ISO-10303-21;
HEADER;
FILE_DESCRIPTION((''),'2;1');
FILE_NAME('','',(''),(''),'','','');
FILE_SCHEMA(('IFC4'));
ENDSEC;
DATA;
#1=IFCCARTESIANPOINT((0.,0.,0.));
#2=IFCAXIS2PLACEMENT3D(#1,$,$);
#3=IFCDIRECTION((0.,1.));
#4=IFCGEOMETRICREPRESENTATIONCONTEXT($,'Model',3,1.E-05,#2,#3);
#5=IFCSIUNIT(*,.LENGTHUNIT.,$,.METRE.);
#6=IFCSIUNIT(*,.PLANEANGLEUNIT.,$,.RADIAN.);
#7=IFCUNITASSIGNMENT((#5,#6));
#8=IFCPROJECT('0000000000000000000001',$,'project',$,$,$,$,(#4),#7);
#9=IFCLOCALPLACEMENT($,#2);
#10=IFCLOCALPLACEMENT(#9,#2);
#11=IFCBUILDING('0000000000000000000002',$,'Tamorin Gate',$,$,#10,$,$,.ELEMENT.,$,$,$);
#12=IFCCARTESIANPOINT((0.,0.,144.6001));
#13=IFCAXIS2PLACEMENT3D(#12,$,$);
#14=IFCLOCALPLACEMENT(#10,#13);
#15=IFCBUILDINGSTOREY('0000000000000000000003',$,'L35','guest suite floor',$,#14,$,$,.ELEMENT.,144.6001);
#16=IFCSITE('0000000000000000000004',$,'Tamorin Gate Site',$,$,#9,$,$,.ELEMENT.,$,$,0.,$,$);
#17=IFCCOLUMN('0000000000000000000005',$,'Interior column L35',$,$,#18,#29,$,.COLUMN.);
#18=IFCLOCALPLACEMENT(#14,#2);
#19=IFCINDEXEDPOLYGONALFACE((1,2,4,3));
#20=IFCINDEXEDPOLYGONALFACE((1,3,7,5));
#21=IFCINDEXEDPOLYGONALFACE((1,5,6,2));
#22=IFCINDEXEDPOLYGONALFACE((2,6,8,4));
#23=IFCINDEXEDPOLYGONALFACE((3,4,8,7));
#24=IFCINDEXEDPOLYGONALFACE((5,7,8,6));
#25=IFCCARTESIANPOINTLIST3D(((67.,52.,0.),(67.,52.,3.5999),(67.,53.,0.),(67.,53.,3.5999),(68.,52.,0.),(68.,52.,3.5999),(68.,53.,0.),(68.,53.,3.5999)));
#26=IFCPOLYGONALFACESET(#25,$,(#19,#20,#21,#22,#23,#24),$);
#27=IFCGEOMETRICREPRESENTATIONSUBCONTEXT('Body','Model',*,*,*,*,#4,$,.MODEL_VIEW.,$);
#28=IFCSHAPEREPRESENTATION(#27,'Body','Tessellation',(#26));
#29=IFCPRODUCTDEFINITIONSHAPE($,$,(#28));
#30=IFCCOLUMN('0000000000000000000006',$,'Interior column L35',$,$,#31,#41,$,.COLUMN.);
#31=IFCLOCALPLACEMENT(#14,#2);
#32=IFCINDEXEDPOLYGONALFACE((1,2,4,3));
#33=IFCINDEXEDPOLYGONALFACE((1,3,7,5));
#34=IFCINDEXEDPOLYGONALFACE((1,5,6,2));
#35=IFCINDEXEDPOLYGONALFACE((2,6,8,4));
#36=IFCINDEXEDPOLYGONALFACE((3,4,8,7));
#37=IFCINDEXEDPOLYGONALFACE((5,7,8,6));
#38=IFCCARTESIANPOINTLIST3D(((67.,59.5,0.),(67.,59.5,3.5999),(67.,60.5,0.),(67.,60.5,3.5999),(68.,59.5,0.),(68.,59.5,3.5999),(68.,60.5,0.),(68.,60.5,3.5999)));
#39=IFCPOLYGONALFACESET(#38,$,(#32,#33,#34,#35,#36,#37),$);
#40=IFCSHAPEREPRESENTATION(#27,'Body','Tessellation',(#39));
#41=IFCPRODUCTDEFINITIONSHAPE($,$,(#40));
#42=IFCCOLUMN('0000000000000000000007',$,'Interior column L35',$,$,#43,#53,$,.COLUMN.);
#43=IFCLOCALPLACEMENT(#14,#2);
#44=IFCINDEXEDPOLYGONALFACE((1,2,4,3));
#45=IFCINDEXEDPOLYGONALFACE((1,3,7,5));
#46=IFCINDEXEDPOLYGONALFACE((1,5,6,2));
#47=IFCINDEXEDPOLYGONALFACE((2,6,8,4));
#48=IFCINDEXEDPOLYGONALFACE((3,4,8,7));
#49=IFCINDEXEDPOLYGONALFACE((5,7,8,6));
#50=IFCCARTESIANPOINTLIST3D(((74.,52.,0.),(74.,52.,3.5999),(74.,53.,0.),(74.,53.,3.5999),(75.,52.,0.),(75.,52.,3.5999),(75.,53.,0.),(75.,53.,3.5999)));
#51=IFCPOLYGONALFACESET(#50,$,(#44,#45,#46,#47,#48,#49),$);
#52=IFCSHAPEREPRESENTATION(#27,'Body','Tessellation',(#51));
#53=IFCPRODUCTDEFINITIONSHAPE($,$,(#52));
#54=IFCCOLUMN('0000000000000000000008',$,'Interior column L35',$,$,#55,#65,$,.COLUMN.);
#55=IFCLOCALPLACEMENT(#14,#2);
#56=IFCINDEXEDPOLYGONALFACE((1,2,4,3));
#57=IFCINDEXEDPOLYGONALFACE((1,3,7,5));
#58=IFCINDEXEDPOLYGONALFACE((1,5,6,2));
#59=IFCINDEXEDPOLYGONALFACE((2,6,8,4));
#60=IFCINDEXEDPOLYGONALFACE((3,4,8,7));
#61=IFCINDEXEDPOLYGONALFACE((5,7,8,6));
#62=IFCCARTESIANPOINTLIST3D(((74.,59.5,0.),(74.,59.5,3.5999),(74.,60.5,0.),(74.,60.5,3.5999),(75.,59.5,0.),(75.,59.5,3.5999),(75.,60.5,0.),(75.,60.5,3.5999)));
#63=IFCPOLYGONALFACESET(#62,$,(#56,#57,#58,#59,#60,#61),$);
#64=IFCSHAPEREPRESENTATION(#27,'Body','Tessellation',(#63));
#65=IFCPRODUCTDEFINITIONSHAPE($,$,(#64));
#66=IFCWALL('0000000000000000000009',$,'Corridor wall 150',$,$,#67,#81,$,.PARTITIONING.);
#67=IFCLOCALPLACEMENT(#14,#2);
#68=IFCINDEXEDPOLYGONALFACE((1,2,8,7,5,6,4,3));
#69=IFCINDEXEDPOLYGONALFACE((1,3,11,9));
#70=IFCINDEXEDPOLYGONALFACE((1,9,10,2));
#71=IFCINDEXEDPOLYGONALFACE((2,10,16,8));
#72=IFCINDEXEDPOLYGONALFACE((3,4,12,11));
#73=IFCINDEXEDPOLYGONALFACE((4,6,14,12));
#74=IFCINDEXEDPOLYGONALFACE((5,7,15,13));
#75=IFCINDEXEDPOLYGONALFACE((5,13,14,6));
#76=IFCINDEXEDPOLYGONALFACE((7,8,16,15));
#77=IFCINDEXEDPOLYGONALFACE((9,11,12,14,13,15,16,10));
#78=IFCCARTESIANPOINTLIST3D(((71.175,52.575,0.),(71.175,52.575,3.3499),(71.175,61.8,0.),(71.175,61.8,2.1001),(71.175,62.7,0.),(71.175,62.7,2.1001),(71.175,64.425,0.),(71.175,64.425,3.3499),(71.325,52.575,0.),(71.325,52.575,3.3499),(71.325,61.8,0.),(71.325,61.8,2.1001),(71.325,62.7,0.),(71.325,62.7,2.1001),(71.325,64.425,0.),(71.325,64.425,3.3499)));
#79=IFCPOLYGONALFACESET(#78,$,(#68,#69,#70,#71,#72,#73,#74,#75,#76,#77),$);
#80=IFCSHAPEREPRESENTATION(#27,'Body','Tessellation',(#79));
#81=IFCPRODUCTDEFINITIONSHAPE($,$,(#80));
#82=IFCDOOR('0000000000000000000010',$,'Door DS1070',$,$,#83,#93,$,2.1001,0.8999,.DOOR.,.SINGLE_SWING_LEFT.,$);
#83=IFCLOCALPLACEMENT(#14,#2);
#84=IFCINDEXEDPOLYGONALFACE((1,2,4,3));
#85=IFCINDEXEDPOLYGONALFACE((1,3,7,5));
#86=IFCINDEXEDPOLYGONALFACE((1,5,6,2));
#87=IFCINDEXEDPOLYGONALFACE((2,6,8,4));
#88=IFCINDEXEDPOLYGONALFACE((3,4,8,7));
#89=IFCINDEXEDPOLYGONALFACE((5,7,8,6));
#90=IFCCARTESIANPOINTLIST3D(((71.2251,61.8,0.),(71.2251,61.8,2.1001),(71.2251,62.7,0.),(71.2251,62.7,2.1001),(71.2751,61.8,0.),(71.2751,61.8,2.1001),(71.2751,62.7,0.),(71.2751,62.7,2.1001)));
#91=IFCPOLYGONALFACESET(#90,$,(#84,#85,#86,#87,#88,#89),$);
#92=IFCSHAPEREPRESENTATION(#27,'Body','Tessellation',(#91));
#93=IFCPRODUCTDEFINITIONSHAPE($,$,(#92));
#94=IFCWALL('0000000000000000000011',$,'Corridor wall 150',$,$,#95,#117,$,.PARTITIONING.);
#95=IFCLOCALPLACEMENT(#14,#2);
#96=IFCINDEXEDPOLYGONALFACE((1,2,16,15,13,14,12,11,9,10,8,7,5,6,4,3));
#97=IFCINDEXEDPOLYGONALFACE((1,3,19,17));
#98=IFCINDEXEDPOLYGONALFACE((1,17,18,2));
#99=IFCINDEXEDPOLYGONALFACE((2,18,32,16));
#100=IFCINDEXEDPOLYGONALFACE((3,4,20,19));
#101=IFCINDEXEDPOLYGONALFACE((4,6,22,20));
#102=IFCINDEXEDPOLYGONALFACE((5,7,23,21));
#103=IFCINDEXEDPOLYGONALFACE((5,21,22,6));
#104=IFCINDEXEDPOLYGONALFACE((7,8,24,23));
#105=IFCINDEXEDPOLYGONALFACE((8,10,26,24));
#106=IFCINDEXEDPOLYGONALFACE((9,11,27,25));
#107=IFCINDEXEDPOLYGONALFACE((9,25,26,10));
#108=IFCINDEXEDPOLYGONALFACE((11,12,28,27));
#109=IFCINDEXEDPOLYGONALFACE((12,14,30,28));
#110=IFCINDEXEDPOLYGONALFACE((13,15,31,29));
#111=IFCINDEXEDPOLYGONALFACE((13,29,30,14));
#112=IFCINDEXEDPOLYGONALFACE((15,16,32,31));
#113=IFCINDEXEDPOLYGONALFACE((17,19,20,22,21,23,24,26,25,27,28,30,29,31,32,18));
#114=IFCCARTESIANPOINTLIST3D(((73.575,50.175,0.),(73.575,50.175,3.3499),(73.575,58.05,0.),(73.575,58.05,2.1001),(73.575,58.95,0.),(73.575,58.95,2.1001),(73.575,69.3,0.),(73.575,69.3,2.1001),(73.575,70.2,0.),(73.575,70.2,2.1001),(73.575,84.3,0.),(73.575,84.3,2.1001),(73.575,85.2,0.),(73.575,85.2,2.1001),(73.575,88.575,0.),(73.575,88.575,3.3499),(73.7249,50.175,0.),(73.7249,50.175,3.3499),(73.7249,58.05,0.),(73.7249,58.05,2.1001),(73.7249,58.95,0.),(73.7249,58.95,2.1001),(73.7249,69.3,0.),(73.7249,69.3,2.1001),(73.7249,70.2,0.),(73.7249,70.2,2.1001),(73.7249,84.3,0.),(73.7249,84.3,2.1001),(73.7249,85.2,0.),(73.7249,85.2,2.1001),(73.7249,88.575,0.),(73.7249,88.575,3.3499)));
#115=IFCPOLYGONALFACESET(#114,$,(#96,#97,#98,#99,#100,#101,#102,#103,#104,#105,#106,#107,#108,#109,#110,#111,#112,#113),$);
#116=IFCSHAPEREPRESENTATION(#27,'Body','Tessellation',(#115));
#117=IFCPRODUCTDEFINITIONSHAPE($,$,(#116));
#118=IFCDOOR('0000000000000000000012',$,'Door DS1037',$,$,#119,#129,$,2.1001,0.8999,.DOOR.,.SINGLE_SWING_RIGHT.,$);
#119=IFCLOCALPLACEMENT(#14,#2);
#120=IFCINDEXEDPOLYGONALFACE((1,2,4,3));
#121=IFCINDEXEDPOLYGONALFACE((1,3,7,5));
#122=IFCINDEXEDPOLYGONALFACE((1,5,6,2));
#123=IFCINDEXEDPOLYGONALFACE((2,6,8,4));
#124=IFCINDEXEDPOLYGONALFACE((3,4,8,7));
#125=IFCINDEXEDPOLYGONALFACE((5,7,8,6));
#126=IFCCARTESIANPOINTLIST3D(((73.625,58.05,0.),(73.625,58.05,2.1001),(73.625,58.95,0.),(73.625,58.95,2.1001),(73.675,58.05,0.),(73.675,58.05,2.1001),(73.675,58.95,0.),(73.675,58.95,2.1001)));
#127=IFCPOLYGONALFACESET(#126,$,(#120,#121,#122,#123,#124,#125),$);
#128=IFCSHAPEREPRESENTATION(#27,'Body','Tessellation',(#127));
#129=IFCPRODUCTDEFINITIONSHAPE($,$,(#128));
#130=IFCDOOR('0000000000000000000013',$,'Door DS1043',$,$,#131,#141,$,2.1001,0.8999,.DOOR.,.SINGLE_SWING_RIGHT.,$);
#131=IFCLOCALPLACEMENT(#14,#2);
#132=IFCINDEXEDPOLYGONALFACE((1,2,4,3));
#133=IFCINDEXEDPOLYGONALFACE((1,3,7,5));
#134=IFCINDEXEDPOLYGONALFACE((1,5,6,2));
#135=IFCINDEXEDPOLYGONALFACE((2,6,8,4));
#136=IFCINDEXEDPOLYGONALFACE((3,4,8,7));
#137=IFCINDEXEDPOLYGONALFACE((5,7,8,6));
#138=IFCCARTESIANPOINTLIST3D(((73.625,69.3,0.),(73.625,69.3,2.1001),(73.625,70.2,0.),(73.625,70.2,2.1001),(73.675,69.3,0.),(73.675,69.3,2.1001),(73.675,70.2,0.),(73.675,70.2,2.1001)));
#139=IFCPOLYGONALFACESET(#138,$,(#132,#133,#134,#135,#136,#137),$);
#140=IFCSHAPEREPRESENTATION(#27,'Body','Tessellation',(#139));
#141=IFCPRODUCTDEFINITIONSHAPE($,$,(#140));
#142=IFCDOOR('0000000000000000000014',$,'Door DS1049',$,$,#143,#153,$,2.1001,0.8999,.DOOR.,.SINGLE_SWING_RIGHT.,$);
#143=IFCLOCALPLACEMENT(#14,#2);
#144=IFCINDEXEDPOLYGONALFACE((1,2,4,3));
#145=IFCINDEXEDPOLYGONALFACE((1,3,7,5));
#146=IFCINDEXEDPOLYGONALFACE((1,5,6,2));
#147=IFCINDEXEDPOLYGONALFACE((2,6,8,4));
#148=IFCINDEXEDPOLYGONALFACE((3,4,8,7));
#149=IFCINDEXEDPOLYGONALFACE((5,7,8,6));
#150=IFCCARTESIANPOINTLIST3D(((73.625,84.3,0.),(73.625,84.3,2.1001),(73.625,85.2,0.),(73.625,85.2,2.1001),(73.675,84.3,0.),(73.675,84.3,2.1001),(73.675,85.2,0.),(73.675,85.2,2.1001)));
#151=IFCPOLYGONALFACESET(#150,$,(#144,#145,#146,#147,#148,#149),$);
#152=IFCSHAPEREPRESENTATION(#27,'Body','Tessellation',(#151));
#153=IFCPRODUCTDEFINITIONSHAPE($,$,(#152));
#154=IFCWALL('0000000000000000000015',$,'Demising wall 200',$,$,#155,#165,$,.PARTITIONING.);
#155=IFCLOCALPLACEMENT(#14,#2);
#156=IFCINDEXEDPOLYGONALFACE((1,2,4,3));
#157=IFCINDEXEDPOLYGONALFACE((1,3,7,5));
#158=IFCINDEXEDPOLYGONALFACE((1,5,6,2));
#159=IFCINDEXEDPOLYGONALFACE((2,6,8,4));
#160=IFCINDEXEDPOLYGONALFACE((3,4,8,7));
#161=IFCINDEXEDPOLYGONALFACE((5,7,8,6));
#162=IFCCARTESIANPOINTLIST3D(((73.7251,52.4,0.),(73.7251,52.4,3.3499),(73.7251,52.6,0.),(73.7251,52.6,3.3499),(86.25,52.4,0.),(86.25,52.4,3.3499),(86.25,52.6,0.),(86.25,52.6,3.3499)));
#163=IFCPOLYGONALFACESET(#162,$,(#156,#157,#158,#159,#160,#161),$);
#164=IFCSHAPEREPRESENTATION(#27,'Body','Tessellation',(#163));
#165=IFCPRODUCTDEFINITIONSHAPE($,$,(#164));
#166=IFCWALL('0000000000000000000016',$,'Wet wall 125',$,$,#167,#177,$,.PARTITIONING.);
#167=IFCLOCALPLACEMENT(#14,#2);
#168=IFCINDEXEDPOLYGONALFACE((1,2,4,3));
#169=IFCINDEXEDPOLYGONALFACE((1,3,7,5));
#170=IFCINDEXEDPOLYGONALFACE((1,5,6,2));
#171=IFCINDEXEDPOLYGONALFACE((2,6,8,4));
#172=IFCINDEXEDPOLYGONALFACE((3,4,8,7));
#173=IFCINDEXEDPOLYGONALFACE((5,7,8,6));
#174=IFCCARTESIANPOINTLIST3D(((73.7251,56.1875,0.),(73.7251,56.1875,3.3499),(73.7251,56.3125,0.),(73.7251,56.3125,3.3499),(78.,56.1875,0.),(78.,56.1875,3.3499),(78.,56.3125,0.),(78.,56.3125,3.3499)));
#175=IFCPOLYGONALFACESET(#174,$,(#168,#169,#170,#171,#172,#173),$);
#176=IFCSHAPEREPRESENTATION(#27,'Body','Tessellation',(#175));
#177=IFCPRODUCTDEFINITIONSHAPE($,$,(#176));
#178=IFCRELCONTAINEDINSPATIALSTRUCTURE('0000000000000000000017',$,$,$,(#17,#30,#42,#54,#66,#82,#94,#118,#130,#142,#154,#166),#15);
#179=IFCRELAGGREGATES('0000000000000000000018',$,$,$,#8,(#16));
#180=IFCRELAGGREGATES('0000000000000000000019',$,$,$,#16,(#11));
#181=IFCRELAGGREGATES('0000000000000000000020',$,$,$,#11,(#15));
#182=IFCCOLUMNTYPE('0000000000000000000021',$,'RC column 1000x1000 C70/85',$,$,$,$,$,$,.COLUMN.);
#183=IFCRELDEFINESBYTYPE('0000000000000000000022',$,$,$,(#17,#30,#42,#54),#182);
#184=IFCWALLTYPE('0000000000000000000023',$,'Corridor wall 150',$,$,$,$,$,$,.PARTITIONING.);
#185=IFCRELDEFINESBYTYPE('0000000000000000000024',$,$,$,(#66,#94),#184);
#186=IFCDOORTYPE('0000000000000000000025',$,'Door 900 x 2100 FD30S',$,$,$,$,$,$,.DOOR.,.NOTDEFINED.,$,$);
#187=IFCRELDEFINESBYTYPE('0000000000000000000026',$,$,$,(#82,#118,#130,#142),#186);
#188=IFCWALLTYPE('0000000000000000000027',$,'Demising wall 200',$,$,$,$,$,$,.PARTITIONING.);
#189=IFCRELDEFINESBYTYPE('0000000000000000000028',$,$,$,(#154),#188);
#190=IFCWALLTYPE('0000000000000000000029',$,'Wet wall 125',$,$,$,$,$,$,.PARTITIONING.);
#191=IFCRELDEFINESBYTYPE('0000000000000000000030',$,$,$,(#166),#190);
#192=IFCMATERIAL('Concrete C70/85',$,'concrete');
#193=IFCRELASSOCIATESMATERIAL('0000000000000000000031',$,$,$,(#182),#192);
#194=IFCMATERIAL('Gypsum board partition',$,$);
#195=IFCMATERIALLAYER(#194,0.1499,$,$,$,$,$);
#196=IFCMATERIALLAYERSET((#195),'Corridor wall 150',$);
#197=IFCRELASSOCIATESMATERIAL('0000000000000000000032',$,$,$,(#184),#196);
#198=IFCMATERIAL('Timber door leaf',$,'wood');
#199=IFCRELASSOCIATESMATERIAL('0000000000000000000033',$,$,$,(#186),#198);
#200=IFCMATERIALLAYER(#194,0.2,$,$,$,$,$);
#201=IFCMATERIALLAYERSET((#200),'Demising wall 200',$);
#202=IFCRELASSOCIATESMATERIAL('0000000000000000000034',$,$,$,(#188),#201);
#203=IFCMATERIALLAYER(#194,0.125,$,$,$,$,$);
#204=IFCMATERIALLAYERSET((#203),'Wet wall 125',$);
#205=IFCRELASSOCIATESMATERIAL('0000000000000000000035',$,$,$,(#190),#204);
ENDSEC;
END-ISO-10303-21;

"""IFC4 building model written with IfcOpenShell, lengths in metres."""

from ifc_helpers import new_model, si_unit, direction, frame, frame_2d, origin, origin_2d, place, context, subcontext, project, spatial, rectangle, extrude, material, layer, layer_set, material_profile, profile_set, type_object, element, fill, save


model = new_model("IFC4")

# Units and contexts
model_context = context("Model", 3, precision=1e-05, world=origin(), true_north=direction((0.0, 1.0)))
body_context = subcontext(model_context, "Body", "Model", "MODEL_VIEW")
ifc_project = project(units=[si_unit("LENGTHUNIT", "METRE"), si_unit("PLANEANGLEUNIT", "RADIAN")], contexts=[model_context])

# Site, building, storey
site_placement = place(None, origin())
site = spatial("IfcSite", under=ifc_project, at=site_placement, Name="Tamorin Gate Site", CompositionType="ELEMENT", RefElevation=0.0)
building_placement = place(site_placement, origin())
building = spatial("IfcBuilding", under=site, at=building_placement, Name="Tamorin Gate", CompositionType="ELEMENT")
storey_placement = place(building_placement, frame((0.0, 0.0, 144.6001)))
storey = spatial("IfcBuildingStorey", under=building, at=storey_placement, Name="L35", Description="guest suite floor", CompositionType="ELEMENT", Elevation=144.6001)

# Columns
ifc_material_1 = material(Name="Concrete C70/85", Category="concrete")
ifc_material_profile = material_profile(ifc_material_1, rectangle(XDim=1.0, YDim=1.0, at=origin_2d()), Name="RC 1000x1000")
ifc_profile_set = profile_set([ifc_material_profile], Name="Concrete C70/85")
column_type = type_object("IfcColumnType", Name="RC column 1000x1000 C70/85", PredefinedType="COLUMN", material=ifc_profile_set)
for number, where, z_axis, x_axis, name in (
    (1, (67.5, 52.5, 0.0), (0.0, 0.0, 1.0), (1.0, 0.0, 0.0), "Interior column L35"),
    (2, (67.5, 60.0, 0.0), (0.0, 0.0, 1.0), (1.0, 0.0, 0.0), "Interior column L35"),
    (3, (74.5, 52.5, 0.0), (0.0, 0.0, 1.0), (1.0, 0.0, 0.0), "Interior column L35"),
    (4, (74.5, 60.0, 0.0), (0.0, 0.0, 1.0), (1.0, 0.0, 0.0), "Interior column L35"),
):
    element("IfcColumn", number, at=place(storey_placement, frame(where, z_axis=z_axis, x_axis=x_axis)), inside=storey, type_object=column_type, Name=name, PredefinedType="COLUMN", context=body_context, shape_type="SweptSolid", body=[
        extrude(rectangle(XDim=1.0, YDim=1.0, at=origin_2d()), origin(), (0.0, 0.0, 1.0), 3.5999),
    ])

# Wall, opening, door
ifc_material_2 = material(Name="Gypsum board partition")
ifc_layer_1 = layer(ifc_material_2, 0.1499)
ifc_layer_set_1 = layer_set([ifc_layer_1], Name="Corridor wall 150")
wall_type_1 = type_object("IfcWallType", Name="Corridor wall 150", PredefinedType="PARTITIONING", material=ifc_layer_set_1)
wall_1_placement = place(storey_placement, frame((71.25, 52.575, 0.0), z_axis=(0.0, 0.0, 1.0), x_axis=(0.0, 1.0, 0.0)))
wall_1 = element("IfcWall", 5, at=wall_1_placement, inside=storey, type_object=wall_type_1, Name="Corridor wall 150", PredefinedType="PARTITIONING", context=body_context, shape_type="SweptSolid", body=[
    extrude(rectangle(XDim=11.8501, YDim=0.1499, at=frame_2d((5.925, 0.0))), origin(), (0.0, 0.0, 1.0), 3.3499),
])
opening_1_placement = place(wall_1_placement, frame((9.2251, 0.0, 0.0)))
opening_1 = element("IfcOpeningElement", 6, at=opening_1_placement, cuts=wall_1, PredefinedType="OPENING", context=body_context, shape_type="SweptSolid", body=[
    extrude(rectangle(XDim=0.8999, YDim=2.1001, at=frame_2d((0.45, 1.05))), frame((0.0, 0.085, 0.0), z_axis=(0.0, -1.0, 0.0), x_axis=(1.0, 0.0, 0.0)), (0.0, 0.0, 1.0), 0.1699),
])
ifc_material_3 = material(Name="Timber door leaf", Category="wood")
door_type_1 = type_object("IfcDoorType", Name="Door 900 x 2100 FD30S", OperationType="NOTDEFINED", PredefinedType="DOOR", material=ifc_material_3)
door_1_placement = place(opening_1_placement, origin())
door_1 = element("IfcDoor", 7, at=door_1_placement, inside=storey, type_object=door_type_1, Name="Door DS1070", OperationType="SINGLE_SWING_LEFT", OverallHeight=2.1001, OverallWidth=0.8999, PredefinedType="DOOR", context=body_context, shape_type="SweptSolid", body=[
    extrude(rectangle(XDim=0.8999, YDim=2.1001, at=frame_2d((0.45, 1.05))), frame((0.0, 0.0249, 0.0), z_axis=(0.0, -1.0, 0.0), x_axis=(1.0, 0.0, 0.0)), (0.0, 0.0, 1.0), 0.05),
])
fill(opening_1, door_1)

# Wall, openings, doors
wall_2_placement = place(storey_placement, frame((73.6499, 50.175, 0.0), z_axis=(0.0, 0.0, 1.0), x_axis=(0.0, 1.0, 0.0)))
wall_2 = element("IfcWall", 8, at=wall_2_placement, inside=storey, type_object=wall_type_1, Name="Corridor wall 150", PredefinedType="PARTITIONING", context=body_context, shape_type="SweptSolid", body=[
    extrude(rectangle(XDim=38.3999, YDim=0.1499, at=frame_2d((19.2, 0.0))), origin(), (0.0, 0.0, 1.0), 3.3499),
])
opening_2_placement = place(wall_2_placement, frame((7.875, 0.0, 0.0)))
opening_2 = element("IfcOpeningElement", 9, at=opening_2_placement, cuts=wall_2, PredefinedType="OPENING", context=body_context, shape_type="SweptSolid", body=[
    extrude(rectangle(XDim=0.8999, YDim=2.1001, at=frame_2d((0.45, 1.05))), frame((0.0, 0.085, 0.0), z_axis=(0.0, -1.0, 0.0), x_axis=(1.0, 0.0, 0.0)), (0.0, 0.0, 1.0), 0.1699),
])
opening_3_placement = place(wall_2_placement, frame((19.125, 0.0, 0.0)))
opening_3 = element("IfcOpeningElement", 10, at=opening_3_placement, cuts=wall_2, PredefinedType="OPENING", context=body_context, shape_type="SweptSolid", body=[
    extrude(rectangle(XDim=0.8999, YDim=2.1001, at=frame_2d((0.45, 1.05))), frame((0.0, 0.085, 0.0), z_axis=(0.0, -1.0, 0.0), x_axis=(1.0, 0.0, 0.0)), (0.0, 0.0, 1.0), 0.1699),
])
opening_4_placement = place(wall_2_placement, frame((34.125, 0.0, 0.0)))
opening_4 = element("IfcOpeningElement", 11, at=opening_4_placement, cuts=wall_2, PredefinedType="OPENING", context=body_context, shape_type="SweptSolid", body=[
    extrude(rectangle(XDim=0.8999, YDim=2.1001, at=frame_2d((0.45, 1.05))), frame((0.0, 0.085, 0.0), z_axis=(0.0, -1.0, 0.0), x_axis=(1.0, 0.0, 0.0)), (0.0, 0.0, 1.0), 0.1699),
])
door_2_placement = place(opening_2_placement, origin())
door_2 = element("IfcDoor", 12, at=door_2_placement, inside=storey, type_object=door_type_1, Name="Door DS1037", OperationType="SINGLE_SWING_RIGHT", OverallHeight=2.1001, OverallWidth=0.8999, PredefinedType="DOOR", context=body_context, shape_type="SweptSolid", body=[
    extrude(rectangle(XDim=0.8999, YDim=2.1001, at=frame_2d((0.45, 1.05))), frame((0.0, 0.0249, 0.0), z_axis=(0.0, -1.0, 0.0), x_axis=(1.0, 0.0, 0.0)), (0.0, 0.0, 1.0), 0.05),
])
fill(opening_2, door_2)
door_3_placement = place(opening_3_placement, origin())
door_3 = element("IfcDoor", 13, at=door_3_placement, inside=storey, type_object=door_type_1, Name="Door DS1043", OperationType="SINGLE_SWING_RIGHT", OverallHeight=2.1001, OverallWidth=0.8999, PredefinedType="DOOR", context=body_context, shape_type="SweptSolid", body=[
    extrude(rectangle(XDim=0.8999, YDim=2.1001, at=frame_2d((0.45, 1.05))), frame((0.0, 0.0249, 0.0), z_axis=(0.0, -1.0, 0.0), x_axis=(1.0, 0.0, 0.0)), (0.0, 0.0, 1.0), 0.05),
])
fill(opening_3, door_3)
door_4_placement = place(opening_4_placement, origin())
door_4 = element("IfcDoor", 14, at=door_4_placement, inside=storey, type_object=door_type_1, Name="Door DS1049", OperationType="SINGLE_SWING_RIGHT", OverallHeight=2.1001, OverallWidth=0.8999, PredefinedType="DOOR", context=body_context, shape_type="SweptSolid", body=[
    extrude(rectangle(XDim=0.8999, YDim=2.1001, at=frame_2d((0.45, 1.05))), frame((0.0, 0.0249, 0.0), z_axis=(0.0, -1.0, 0.0), x_axis=(1.0, 0.0, 0.0)), (0.0, 0.0, 1.0), 0.05),
])
fill(opening_4, door_4)

# Walls
ifc_layer_2 = layer(ifc_material_2, 0.2)
ifc_layer_set_2 = layer_set([ifc_layer_2], Name="Demising wall 200")
wall_type_2 = type_object("IfcWallType", Name="Demising wall 200", PredefinedType="PARTITIONING", material=ifc_layer_set_2)
wall_3_placement = place(storey_placement, frame((73.7251, 52.5, 0.0), z_axis=(0.0, 0.0, 1.0), x_axis=(1.0, 0.0, 0.0)))
element("IfcWall", 15, at=wall_3_placement, inside=storey, type_object=wall_type_2, Name="Demising wall 200", PredefinedType="PARTITIONING", context=body_context, shape_type="SweptSolid", body=[
    extrude(rectangle(XDim=12.5249, YDim=0.2, at=frame_2d((6.2625, 0.0))), origin(), (0.0, 0.0, 1.0), 3.3499),
])
ifc_layer_3 = layer(ifc_material_2, 0.125)
ifc_layer_set_3 = layer_set([ifc_layer_3], Name="Wet wall 125")
wall_type_3 = type_object("IfcWallType", Name="Wet wall 125", PredefinedType="PARTITIONING", material=ifc_layer_set_3)
wall_4_placement = place(storey_placement, frame((73.7251, 56.25, 0.0), z_axis=(0.0, 0.0, 1.0), x_axis=(1.0, 0.0, 0.0)))
element("IfcWall", 16, at=wall_4_placement, inside=storey, type_object=wall_type_3, Name="Wet wall 125", PredefinedType="PARTITIONING", context=body_context, shape_type="SweptSolid", body=[
    extrude(rectangle(XDim=4.2749, YDim=0.125, at=frame_2d((2.1375, 0.0))), origin(), (0.0, 0.0, 1.0), 3.3499),
])

save(model, "model.ifc")
